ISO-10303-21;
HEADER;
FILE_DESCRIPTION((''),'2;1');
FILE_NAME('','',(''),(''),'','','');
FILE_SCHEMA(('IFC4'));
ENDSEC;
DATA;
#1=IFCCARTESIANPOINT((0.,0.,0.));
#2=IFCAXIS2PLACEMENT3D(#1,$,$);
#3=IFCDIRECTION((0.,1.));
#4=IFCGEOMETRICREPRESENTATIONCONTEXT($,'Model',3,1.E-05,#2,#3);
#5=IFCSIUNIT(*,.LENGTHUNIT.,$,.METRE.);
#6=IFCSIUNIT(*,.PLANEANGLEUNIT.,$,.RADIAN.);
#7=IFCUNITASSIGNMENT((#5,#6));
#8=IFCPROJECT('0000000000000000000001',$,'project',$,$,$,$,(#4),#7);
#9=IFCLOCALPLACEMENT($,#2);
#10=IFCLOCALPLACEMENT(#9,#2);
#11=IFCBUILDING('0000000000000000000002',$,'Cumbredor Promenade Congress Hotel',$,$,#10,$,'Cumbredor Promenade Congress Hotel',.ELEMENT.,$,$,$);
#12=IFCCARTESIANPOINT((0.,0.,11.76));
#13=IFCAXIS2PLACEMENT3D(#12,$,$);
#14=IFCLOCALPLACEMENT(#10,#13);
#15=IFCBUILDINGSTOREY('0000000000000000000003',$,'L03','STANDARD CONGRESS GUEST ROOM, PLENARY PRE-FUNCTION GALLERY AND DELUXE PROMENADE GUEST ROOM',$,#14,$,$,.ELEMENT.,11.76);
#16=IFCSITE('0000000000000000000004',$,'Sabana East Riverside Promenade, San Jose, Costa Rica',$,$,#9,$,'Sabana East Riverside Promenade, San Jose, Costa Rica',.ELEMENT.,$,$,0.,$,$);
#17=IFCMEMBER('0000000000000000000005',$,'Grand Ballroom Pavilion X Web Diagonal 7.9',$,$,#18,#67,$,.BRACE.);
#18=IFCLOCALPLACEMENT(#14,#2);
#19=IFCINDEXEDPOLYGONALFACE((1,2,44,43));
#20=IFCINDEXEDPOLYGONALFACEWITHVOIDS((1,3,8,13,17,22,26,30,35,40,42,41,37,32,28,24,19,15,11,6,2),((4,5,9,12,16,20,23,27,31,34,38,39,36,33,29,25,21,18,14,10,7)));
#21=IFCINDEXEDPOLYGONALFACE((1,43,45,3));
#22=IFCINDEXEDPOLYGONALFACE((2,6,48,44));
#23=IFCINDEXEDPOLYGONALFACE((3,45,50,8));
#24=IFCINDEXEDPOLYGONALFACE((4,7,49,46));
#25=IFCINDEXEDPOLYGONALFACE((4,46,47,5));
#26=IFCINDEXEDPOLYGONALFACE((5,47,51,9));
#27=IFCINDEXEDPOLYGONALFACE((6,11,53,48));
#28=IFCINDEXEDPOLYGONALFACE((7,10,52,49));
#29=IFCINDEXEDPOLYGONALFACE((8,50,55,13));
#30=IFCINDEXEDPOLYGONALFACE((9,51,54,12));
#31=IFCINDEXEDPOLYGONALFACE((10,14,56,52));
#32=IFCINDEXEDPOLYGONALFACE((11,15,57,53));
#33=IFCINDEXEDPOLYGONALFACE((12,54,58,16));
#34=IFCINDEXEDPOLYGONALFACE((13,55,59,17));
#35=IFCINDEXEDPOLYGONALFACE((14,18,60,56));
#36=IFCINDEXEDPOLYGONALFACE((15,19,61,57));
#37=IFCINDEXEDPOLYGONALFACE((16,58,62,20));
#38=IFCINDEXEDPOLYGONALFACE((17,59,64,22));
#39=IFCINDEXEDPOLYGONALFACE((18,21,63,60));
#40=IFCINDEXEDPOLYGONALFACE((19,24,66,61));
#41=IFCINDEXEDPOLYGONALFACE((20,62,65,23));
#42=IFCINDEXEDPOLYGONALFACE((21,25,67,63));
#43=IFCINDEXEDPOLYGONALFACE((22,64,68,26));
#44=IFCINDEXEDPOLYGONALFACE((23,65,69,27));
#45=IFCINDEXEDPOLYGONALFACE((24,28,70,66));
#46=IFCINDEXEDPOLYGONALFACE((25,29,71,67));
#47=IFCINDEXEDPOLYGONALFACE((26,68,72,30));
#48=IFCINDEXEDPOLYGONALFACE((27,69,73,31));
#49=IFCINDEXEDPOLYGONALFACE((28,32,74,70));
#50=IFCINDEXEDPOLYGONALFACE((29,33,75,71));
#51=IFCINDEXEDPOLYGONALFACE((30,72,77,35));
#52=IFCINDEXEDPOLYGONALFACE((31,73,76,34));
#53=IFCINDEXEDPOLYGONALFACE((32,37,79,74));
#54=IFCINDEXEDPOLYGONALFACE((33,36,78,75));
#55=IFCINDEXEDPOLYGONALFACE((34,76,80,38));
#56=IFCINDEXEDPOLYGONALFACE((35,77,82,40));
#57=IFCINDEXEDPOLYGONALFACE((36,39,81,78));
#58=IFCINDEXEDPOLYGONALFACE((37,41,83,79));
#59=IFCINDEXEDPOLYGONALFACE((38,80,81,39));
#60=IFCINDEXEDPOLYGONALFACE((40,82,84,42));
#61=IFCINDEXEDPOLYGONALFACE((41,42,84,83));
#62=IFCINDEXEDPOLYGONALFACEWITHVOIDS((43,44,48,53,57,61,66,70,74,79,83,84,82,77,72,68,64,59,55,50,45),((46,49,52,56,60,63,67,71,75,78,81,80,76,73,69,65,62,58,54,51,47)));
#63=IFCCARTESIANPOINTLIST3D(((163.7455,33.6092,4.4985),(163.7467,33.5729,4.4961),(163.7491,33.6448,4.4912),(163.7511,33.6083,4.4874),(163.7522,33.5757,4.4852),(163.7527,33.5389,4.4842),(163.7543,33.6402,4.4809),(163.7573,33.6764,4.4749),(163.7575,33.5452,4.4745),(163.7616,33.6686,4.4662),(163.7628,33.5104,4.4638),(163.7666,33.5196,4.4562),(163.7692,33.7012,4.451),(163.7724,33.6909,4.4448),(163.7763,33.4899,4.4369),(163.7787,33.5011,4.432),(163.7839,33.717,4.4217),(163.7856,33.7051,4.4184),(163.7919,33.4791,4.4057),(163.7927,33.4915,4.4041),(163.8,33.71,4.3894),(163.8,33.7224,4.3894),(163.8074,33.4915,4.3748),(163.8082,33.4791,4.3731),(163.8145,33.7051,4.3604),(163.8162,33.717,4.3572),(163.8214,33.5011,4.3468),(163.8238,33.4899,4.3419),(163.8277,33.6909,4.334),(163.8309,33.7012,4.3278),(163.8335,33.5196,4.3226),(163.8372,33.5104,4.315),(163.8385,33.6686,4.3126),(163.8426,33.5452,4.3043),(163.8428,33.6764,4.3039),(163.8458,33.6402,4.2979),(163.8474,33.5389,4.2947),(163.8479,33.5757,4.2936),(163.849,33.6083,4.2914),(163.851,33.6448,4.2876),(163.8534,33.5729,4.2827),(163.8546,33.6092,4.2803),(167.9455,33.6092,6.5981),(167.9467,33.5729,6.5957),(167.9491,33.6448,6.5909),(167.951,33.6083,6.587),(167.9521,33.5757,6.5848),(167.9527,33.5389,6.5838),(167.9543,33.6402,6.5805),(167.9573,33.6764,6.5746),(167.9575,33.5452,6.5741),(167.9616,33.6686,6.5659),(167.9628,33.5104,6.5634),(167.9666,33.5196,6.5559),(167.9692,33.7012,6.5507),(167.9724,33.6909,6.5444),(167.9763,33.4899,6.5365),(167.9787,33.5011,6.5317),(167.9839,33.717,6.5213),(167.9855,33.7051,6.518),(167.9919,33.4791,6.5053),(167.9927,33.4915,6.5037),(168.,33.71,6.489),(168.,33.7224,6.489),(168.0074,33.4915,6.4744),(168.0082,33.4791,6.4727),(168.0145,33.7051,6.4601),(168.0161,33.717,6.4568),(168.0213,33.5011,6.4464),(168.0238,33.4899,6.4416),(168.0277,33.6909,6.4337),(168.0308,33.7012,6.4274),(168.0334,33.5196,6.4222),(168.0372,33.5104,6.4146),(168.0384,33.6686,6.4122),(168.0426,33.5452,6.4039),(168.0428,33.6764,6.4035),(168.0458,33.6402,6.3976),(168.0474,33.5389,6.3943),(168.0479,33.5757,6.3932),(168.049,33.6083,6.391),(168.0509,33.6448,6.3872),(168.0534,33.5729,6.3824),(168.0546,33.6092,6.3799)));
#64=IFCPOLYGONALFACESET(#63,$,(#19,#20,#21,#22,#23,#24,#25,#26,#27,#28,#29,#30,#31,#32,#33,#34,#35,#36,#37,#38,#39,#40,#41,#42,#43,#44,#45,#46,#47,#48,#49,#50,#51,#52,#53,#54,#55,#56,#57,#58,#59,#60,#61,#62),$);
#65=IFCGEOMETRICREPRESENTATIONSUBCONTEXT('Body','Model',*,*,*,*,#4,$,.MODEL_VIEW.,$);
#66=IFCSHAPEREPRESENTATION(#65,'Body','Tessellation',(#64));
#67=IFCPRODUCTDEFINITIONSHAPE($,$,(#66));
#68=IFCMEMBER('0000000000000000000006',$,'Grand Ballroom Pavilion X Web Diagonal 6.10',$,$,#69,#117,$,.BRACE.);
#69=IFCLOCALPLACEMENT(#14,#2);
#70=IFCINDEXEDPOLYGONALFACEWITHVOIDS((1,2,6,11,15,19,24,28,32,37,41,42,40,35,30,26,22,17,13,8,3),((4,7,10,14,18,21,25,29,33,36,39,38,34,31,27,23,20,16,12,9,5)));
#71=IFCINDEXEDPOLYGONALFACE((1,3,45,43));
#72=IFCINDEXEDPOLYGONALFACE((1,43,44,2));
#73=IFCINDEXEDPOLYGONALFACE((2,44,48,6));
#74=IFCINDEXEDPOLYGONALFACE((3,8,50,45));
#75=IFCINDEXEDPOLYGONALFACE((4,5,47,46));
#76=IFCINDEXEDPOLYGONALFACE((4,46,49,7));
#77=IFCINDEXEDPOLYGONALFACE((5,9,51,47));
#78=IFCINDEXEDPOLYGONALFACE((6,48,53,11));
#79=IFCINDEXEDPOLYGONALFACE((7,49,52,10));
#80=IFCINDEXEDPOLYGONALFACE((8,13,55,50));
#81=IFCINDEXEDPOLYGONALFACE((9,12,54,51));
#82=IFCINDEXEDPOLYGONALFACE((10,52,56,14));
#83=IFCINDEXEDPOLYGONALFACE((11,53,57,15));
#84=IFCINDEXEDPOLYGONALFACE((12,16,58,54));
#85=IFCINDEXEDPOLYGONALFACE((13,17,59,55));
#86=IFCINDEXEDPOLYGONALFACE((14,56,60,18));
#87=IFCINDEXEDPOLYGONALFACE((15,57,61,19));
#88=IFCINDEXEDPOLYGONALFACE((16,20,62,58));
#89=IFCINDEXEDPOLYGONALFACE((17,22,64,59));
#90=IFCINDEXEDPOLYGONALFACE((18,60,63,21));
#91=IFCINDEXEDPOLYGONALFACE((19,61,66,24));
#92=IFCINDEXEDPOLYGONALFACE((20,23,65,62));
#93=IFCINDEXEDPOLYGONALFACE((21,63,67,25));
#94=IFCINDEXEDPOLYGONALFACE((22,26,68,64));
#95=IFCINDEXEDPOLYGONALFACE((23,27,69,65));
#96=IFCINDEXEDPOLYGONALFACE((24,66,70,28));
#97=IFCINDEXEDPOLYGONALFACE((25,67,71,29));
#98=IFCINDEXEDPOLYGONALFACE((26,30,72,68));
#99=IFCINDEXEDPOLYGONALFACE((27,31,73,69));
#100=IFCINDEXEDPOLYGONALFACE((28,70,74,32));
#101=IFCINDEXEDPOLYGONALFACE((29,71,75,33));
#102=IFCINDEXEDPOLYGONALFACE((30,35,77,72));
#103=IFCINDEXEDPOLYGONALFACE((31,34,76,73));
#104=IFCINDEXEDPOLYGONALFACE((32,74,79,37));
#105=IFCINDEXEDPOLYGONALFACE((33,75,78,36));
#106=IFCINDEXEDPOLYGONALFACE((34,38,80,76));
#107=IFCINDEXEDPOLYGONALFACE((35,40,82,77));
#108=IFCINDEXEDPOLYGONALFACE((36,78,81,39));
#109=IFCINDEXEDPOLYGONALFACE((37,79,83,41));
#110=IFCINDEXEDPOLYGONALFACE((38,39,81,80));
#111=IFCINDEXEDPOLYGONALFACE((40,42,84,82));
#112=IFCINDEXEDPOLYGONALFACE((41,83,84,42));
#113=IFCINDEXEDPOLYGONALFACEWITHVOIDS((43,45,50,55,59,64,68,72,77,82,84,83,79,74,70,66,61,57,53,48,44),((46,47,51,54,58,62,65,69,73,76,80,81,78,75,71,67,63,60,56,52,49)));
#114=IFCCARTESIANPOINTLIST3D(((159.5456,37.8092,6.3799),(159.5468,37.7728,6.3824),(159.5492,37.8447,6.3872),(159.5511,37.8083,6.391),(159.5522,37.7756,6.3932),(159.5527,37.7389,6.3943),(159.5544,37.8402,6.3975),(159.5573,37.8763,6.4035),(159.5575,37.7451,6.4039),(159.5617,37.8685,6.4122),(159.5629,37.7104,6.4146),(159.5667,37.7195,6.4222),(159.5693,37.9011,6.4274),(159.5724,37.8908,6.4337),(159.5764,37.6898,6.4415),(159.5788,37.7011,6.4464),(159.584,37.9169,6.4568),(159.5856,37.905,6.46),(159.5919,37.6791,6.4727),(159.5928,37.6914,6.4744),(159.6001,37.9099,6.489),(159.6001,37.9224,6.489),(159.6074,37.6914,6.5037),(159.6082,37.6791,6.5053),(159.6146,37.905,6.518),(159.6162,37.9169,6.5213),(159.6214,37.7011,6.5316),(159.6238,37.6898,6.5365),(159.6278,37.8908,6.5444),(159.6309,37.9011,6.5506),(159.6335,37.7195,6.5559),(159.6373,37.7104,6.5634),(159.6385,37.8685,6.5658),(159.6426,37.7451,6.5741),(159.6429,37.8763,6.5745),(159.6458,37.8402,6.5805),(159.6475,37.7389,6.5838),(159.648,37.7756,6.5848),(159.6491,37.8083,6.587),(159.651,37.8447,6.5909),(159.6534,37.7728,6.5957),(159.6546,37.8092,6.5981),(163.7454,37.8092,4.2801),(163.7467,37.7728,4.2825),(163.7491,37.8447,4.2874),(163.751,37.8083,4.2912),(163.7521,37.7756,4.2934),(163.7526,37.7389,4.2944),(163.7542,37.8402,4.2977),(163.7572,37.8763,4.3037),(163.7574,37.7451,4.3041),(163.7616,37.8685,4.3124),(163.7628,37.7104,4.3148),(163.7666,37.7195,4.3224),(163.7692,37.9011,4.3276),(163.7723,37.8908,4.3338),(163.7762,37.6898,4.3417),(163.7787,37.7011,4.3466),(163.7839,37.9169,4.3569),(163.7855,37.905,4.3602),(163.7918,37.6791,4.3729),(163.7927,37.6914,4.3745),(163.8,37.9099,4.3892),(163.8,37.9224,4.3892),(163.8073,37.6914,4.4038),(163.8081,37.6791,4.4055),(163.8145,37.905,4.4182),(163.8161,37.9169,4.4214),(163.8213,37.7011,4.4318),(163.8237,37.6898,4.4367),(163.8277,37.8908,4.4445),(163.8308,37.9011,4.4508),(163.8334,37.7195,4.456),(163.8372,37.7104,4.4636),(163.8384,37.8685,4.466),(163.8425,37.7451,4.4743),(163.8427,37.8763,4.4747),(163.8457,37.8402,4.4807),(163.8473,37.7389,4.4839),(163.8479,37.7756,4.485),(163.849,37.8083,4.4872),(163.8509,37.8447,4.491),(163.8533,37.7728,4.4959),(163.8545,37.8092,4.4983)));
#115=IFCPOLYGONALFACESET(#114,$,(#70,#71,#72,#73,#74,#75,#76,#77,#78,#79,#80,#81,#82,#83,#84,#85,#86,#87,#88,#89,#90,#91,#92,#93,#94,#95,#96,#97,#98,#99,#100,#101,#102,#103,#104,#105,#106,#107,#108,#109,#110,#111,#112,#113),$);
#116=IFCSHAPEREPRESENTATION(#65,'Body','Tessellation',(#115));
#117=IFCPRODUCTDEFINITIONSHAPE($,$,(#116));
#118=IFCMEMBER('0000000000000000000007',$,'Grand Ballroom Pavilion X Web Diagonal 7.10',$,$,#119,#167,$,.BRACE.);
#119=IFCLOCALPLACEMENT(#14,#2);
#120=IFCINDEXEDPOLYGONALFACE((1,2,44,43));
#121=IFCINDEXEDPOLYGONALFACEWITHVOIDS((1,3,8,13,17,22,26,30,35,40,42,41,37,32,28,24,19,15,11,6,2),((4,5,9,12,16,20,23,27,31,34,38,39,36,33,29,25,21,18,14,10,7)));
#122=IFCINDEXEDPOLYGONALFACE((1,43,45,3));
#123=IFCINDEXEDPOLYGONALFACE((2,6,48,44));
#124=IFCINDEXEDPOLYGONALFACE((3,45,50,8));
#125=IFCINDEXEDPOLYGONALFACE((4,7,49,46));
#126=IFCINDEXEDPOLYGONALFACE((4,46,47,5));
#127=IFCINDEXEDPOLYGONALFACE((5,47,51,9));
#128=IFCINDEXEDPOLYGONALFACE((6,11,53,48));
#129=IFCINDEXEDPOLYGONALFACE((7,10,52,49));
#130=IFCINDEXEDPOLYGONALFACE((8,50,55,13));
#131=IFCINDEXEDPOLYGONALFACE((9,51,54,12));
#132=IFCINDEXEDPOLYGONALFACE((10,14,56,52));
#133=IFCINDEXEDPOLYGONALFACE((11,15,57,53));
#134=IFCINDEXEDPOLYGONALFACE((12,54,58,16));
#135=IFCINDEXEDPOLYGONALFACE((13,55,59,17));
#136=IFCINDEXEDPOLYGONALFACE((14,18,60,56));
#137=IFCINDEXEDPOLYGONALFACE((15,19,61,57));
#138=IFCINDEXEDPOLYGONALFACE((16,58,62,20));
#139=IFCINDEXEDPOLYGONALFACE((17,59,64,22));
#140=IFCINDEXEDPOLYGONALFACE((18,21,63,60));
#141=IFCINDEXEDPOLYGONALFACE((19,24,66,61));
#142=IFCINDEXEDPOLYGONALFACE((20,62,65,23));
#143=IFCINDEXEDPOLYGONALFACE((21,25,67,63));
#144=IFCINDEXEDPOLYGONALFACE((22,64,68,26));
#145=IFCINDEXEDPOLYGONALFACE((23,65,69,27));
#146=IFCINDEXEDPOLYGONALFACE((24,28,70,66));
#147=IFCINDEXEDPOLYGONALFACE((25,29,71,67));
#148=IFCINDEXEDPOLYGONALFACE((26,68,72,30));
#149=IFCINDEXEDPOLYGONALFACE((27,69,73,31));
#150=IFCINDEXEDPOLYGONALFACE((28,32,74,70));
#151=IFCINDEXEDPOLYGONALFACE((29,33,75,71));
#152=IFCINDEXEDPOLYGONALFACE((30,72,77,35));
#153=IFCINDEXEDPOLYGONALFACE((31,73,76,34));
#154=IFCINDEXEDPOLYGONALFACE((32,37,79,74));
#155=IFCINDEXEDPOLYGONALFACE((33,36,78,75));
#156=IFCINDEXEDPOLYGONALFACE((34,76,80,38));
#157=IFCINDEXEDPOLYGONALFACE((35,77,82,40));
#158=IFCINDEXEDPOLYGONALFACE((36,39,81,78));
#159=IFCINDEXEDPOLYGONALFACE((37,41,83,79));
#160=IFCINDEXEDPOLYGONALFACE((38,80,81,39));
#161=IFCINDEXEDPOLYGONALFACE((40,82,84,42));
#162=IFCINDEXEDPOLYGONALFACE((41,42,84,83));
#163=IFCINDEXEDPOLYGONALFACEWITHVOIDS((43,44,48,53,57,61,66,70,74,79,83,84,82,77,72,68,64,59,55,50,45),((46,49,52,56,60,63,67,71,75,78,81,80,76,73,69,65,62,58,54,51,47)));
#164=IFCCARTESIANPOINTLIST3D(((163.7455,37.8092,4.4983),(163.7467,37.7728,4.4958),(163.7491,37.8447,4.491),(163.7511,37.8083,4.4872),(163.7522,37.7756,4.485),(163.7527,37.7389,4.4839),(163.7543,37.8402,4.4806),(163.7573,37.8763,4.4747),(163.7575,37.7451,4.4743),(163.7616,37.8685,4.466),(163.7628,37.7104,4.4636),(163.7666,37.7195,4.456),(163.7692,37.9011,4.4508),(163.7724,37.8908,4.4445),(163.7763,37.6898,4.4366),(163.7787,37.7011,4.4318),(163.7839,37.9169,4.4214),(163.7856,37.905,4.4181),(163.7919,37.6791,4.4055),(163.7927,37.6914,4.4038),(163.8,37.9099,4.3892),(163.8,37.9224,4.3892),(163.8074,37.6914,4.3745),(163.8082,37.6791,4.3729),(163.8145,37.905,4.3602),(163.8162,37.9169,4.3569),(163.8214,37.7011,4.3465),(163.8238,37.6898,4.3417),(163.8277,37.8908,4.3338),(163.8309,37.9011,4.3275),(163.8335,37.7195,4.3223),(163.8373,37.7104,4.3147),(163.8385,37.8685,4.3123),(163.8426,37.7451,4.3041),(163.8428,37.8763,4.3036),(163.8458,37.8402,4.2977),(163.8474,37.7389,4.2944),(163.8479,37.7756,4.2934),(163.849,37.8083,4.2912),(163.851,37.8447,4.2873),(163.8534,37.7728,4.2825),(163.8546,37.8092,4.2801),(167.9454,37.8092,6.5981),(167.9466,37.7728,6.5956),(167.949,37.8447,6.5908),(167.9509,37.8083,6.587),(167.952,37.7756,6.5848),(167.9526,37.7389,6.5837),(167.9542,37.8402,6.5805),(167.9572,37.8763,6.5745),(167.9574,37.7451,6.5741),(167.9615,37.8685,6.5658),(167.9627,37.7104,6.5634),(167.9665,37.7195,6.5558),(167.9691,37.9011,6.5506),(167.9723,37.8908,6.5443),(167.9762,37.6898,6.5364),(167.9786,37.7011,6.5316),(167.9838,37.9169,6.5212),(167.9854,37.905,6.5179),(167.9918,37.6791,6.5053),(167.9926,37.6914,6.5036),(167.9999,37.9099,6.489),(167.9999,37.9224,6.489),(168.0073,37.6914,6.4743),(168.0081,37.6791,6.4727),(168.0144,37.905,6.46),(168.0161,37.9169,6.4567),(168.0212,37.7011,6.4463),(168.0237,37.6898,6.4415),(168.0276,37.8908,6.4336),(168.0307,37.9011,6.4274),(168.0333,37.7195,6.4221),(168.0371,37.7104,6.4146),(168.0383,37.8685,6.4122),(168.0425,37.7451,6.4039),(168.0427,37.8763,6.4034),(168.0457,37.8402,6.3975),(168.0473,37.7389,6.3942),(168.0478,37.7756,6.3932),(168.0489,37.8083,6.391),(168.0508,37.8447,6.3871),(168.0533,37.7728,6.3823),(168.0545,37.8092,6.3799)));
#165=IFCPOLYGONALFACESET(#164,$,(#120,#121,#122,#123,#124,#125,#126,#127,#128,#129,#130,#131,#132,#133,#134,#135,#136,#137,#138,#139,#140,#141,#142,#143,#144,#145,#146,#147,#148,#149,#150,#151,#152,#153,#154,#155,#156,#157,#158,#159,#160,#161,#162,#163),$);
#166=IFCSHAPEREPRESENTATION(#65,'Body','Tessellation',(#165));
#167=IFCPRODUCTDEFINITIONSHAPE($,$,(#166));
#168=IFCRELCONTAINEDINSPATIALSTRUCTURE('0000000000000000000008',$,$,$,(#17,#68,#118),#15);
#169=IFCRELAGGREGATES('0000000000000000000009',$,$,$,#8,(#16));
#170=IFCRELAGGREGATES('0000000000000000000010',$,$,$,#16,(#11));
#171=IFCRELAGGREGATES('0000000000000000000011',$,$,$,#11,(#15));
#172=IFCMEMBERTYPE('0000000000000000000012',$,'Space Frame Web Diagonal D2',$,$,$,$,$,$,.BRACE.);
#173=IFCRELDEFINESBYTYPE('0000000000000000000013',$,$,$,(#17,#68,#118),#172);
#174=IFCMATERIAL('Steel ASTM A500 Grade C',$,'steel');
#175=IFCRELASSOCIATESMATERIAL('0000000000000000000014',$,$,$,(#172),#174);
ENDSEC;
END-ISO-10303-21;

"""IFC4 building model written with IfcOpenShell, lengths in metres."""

from ifc_helpers import new_model, si_unit, direction, frame, origin, origin_2d, place, context, subcontext, project, spatial, hollow_circle, extrude, material, material_profile, profile_set, type_object, element, save


model = new_model("IFC4")

# Units and contexts
model_context = context("Model", 3, precision=1e-05, world=origin(), true_north=direction((0.0, 1.0)))
body_context = subcontext(model_context, "Body", "Model", "MODEL_VIEW")
ifc_project = project(units=[si_unit("LENGTHUNIT", "METRE"), si_unit("PLANEANGLEUNIT", "RADIAN")], contexts=[model_context])

# Site, building, storey
site_placement = place(None, origin())
site = spatial("IfcSite", under=ifc_project, at=site_placement, Name="Sabana East Riverside Promenade, San Jose, Costa Rica", LongName="Sabana East Riverside Promenade, San Jose, Costa Rica", CompositionType="ELEMENT", RefElevation=0.0)
building_placement = place(site_placement, origin())
building = spatial("IfcBuilding", under=site, at=building_placement, Name="Cumbredor Promenade Congress Hotel", LongName="Cumbredor Promenade Congress Hotel", CompositionType="ELEMENT")
storey_placement = place(building_placement, frame((0.0, 0.0, 11.76)))
storey = spatial("IfcBuildingStorey", under=building, at=storey_placement, Name="L03", Description="STANDARD CONGRESS GUEST ROOM, PLENARY PRE-FUNCTION GALLERY AND DELUXE PROMENADE GUEST ROOM", CompositionType="ELEMENT", Elevation=11.76)

# Members
ifc_material_1 = material(Name="Steel ASTM A500 Grade C", Category="steel")
ifc_material_profile_1 = material_profile(ifc_material_1, hollow_circle(Radius=0.1223, WallThickness=0.0125, at=origin_2d()), Name="CHS 244.5x12.5")
ifc_profile_set_1 = profile_set([ifc_material_profile_1], Name="Steel ASTM A500 Grade C")
member_type_1 = type_object("IfcMemberType", Name="Space Frame Web Diagonal D2", PredefinedType="BRACE", material=ifc_profile_set_1)
for number, where, z_axis, x_axis, name in (
    (1, (163.8, 33.6001, 4.3894), (0.894458, 0.0, 0.447151), (0.0, 1.0, 0.0), "Grand Ballroom Pavilion X Web Diagonal 7.9"),
    (2, (159.6001, 37.8, 6.489), (0.894438, 0.0, -0.447193), (0.0, 1.0, 0.0), "Grand Ballroom Pavilion X Web Diagonal 6.10"),
    (3, (163.8, 37.8, 4.3892), (0.894438, 0.0, 0.447193), (0.0, 1.0, 0.0), "Grand Ballroom Pavilion X Web Diagonal 7.10"),
):
    element("IfcMember", number, at=place(storey_placement, frame(where, z_axis=z_axis, x_axis=x_axis)), inside=storey, type_object=member_type_1, Name=name, PredefinedType="BRACE", context=body_context, shape_type="SweptSolid", body=[
        extrude(hollow_circle(Radius=0.1223, WallThickness=0.0125, at=origin_2d()), origin(), (0.0, 0.0, 1.0), 4.6956),
    ])

save(model, "model.ifc")
